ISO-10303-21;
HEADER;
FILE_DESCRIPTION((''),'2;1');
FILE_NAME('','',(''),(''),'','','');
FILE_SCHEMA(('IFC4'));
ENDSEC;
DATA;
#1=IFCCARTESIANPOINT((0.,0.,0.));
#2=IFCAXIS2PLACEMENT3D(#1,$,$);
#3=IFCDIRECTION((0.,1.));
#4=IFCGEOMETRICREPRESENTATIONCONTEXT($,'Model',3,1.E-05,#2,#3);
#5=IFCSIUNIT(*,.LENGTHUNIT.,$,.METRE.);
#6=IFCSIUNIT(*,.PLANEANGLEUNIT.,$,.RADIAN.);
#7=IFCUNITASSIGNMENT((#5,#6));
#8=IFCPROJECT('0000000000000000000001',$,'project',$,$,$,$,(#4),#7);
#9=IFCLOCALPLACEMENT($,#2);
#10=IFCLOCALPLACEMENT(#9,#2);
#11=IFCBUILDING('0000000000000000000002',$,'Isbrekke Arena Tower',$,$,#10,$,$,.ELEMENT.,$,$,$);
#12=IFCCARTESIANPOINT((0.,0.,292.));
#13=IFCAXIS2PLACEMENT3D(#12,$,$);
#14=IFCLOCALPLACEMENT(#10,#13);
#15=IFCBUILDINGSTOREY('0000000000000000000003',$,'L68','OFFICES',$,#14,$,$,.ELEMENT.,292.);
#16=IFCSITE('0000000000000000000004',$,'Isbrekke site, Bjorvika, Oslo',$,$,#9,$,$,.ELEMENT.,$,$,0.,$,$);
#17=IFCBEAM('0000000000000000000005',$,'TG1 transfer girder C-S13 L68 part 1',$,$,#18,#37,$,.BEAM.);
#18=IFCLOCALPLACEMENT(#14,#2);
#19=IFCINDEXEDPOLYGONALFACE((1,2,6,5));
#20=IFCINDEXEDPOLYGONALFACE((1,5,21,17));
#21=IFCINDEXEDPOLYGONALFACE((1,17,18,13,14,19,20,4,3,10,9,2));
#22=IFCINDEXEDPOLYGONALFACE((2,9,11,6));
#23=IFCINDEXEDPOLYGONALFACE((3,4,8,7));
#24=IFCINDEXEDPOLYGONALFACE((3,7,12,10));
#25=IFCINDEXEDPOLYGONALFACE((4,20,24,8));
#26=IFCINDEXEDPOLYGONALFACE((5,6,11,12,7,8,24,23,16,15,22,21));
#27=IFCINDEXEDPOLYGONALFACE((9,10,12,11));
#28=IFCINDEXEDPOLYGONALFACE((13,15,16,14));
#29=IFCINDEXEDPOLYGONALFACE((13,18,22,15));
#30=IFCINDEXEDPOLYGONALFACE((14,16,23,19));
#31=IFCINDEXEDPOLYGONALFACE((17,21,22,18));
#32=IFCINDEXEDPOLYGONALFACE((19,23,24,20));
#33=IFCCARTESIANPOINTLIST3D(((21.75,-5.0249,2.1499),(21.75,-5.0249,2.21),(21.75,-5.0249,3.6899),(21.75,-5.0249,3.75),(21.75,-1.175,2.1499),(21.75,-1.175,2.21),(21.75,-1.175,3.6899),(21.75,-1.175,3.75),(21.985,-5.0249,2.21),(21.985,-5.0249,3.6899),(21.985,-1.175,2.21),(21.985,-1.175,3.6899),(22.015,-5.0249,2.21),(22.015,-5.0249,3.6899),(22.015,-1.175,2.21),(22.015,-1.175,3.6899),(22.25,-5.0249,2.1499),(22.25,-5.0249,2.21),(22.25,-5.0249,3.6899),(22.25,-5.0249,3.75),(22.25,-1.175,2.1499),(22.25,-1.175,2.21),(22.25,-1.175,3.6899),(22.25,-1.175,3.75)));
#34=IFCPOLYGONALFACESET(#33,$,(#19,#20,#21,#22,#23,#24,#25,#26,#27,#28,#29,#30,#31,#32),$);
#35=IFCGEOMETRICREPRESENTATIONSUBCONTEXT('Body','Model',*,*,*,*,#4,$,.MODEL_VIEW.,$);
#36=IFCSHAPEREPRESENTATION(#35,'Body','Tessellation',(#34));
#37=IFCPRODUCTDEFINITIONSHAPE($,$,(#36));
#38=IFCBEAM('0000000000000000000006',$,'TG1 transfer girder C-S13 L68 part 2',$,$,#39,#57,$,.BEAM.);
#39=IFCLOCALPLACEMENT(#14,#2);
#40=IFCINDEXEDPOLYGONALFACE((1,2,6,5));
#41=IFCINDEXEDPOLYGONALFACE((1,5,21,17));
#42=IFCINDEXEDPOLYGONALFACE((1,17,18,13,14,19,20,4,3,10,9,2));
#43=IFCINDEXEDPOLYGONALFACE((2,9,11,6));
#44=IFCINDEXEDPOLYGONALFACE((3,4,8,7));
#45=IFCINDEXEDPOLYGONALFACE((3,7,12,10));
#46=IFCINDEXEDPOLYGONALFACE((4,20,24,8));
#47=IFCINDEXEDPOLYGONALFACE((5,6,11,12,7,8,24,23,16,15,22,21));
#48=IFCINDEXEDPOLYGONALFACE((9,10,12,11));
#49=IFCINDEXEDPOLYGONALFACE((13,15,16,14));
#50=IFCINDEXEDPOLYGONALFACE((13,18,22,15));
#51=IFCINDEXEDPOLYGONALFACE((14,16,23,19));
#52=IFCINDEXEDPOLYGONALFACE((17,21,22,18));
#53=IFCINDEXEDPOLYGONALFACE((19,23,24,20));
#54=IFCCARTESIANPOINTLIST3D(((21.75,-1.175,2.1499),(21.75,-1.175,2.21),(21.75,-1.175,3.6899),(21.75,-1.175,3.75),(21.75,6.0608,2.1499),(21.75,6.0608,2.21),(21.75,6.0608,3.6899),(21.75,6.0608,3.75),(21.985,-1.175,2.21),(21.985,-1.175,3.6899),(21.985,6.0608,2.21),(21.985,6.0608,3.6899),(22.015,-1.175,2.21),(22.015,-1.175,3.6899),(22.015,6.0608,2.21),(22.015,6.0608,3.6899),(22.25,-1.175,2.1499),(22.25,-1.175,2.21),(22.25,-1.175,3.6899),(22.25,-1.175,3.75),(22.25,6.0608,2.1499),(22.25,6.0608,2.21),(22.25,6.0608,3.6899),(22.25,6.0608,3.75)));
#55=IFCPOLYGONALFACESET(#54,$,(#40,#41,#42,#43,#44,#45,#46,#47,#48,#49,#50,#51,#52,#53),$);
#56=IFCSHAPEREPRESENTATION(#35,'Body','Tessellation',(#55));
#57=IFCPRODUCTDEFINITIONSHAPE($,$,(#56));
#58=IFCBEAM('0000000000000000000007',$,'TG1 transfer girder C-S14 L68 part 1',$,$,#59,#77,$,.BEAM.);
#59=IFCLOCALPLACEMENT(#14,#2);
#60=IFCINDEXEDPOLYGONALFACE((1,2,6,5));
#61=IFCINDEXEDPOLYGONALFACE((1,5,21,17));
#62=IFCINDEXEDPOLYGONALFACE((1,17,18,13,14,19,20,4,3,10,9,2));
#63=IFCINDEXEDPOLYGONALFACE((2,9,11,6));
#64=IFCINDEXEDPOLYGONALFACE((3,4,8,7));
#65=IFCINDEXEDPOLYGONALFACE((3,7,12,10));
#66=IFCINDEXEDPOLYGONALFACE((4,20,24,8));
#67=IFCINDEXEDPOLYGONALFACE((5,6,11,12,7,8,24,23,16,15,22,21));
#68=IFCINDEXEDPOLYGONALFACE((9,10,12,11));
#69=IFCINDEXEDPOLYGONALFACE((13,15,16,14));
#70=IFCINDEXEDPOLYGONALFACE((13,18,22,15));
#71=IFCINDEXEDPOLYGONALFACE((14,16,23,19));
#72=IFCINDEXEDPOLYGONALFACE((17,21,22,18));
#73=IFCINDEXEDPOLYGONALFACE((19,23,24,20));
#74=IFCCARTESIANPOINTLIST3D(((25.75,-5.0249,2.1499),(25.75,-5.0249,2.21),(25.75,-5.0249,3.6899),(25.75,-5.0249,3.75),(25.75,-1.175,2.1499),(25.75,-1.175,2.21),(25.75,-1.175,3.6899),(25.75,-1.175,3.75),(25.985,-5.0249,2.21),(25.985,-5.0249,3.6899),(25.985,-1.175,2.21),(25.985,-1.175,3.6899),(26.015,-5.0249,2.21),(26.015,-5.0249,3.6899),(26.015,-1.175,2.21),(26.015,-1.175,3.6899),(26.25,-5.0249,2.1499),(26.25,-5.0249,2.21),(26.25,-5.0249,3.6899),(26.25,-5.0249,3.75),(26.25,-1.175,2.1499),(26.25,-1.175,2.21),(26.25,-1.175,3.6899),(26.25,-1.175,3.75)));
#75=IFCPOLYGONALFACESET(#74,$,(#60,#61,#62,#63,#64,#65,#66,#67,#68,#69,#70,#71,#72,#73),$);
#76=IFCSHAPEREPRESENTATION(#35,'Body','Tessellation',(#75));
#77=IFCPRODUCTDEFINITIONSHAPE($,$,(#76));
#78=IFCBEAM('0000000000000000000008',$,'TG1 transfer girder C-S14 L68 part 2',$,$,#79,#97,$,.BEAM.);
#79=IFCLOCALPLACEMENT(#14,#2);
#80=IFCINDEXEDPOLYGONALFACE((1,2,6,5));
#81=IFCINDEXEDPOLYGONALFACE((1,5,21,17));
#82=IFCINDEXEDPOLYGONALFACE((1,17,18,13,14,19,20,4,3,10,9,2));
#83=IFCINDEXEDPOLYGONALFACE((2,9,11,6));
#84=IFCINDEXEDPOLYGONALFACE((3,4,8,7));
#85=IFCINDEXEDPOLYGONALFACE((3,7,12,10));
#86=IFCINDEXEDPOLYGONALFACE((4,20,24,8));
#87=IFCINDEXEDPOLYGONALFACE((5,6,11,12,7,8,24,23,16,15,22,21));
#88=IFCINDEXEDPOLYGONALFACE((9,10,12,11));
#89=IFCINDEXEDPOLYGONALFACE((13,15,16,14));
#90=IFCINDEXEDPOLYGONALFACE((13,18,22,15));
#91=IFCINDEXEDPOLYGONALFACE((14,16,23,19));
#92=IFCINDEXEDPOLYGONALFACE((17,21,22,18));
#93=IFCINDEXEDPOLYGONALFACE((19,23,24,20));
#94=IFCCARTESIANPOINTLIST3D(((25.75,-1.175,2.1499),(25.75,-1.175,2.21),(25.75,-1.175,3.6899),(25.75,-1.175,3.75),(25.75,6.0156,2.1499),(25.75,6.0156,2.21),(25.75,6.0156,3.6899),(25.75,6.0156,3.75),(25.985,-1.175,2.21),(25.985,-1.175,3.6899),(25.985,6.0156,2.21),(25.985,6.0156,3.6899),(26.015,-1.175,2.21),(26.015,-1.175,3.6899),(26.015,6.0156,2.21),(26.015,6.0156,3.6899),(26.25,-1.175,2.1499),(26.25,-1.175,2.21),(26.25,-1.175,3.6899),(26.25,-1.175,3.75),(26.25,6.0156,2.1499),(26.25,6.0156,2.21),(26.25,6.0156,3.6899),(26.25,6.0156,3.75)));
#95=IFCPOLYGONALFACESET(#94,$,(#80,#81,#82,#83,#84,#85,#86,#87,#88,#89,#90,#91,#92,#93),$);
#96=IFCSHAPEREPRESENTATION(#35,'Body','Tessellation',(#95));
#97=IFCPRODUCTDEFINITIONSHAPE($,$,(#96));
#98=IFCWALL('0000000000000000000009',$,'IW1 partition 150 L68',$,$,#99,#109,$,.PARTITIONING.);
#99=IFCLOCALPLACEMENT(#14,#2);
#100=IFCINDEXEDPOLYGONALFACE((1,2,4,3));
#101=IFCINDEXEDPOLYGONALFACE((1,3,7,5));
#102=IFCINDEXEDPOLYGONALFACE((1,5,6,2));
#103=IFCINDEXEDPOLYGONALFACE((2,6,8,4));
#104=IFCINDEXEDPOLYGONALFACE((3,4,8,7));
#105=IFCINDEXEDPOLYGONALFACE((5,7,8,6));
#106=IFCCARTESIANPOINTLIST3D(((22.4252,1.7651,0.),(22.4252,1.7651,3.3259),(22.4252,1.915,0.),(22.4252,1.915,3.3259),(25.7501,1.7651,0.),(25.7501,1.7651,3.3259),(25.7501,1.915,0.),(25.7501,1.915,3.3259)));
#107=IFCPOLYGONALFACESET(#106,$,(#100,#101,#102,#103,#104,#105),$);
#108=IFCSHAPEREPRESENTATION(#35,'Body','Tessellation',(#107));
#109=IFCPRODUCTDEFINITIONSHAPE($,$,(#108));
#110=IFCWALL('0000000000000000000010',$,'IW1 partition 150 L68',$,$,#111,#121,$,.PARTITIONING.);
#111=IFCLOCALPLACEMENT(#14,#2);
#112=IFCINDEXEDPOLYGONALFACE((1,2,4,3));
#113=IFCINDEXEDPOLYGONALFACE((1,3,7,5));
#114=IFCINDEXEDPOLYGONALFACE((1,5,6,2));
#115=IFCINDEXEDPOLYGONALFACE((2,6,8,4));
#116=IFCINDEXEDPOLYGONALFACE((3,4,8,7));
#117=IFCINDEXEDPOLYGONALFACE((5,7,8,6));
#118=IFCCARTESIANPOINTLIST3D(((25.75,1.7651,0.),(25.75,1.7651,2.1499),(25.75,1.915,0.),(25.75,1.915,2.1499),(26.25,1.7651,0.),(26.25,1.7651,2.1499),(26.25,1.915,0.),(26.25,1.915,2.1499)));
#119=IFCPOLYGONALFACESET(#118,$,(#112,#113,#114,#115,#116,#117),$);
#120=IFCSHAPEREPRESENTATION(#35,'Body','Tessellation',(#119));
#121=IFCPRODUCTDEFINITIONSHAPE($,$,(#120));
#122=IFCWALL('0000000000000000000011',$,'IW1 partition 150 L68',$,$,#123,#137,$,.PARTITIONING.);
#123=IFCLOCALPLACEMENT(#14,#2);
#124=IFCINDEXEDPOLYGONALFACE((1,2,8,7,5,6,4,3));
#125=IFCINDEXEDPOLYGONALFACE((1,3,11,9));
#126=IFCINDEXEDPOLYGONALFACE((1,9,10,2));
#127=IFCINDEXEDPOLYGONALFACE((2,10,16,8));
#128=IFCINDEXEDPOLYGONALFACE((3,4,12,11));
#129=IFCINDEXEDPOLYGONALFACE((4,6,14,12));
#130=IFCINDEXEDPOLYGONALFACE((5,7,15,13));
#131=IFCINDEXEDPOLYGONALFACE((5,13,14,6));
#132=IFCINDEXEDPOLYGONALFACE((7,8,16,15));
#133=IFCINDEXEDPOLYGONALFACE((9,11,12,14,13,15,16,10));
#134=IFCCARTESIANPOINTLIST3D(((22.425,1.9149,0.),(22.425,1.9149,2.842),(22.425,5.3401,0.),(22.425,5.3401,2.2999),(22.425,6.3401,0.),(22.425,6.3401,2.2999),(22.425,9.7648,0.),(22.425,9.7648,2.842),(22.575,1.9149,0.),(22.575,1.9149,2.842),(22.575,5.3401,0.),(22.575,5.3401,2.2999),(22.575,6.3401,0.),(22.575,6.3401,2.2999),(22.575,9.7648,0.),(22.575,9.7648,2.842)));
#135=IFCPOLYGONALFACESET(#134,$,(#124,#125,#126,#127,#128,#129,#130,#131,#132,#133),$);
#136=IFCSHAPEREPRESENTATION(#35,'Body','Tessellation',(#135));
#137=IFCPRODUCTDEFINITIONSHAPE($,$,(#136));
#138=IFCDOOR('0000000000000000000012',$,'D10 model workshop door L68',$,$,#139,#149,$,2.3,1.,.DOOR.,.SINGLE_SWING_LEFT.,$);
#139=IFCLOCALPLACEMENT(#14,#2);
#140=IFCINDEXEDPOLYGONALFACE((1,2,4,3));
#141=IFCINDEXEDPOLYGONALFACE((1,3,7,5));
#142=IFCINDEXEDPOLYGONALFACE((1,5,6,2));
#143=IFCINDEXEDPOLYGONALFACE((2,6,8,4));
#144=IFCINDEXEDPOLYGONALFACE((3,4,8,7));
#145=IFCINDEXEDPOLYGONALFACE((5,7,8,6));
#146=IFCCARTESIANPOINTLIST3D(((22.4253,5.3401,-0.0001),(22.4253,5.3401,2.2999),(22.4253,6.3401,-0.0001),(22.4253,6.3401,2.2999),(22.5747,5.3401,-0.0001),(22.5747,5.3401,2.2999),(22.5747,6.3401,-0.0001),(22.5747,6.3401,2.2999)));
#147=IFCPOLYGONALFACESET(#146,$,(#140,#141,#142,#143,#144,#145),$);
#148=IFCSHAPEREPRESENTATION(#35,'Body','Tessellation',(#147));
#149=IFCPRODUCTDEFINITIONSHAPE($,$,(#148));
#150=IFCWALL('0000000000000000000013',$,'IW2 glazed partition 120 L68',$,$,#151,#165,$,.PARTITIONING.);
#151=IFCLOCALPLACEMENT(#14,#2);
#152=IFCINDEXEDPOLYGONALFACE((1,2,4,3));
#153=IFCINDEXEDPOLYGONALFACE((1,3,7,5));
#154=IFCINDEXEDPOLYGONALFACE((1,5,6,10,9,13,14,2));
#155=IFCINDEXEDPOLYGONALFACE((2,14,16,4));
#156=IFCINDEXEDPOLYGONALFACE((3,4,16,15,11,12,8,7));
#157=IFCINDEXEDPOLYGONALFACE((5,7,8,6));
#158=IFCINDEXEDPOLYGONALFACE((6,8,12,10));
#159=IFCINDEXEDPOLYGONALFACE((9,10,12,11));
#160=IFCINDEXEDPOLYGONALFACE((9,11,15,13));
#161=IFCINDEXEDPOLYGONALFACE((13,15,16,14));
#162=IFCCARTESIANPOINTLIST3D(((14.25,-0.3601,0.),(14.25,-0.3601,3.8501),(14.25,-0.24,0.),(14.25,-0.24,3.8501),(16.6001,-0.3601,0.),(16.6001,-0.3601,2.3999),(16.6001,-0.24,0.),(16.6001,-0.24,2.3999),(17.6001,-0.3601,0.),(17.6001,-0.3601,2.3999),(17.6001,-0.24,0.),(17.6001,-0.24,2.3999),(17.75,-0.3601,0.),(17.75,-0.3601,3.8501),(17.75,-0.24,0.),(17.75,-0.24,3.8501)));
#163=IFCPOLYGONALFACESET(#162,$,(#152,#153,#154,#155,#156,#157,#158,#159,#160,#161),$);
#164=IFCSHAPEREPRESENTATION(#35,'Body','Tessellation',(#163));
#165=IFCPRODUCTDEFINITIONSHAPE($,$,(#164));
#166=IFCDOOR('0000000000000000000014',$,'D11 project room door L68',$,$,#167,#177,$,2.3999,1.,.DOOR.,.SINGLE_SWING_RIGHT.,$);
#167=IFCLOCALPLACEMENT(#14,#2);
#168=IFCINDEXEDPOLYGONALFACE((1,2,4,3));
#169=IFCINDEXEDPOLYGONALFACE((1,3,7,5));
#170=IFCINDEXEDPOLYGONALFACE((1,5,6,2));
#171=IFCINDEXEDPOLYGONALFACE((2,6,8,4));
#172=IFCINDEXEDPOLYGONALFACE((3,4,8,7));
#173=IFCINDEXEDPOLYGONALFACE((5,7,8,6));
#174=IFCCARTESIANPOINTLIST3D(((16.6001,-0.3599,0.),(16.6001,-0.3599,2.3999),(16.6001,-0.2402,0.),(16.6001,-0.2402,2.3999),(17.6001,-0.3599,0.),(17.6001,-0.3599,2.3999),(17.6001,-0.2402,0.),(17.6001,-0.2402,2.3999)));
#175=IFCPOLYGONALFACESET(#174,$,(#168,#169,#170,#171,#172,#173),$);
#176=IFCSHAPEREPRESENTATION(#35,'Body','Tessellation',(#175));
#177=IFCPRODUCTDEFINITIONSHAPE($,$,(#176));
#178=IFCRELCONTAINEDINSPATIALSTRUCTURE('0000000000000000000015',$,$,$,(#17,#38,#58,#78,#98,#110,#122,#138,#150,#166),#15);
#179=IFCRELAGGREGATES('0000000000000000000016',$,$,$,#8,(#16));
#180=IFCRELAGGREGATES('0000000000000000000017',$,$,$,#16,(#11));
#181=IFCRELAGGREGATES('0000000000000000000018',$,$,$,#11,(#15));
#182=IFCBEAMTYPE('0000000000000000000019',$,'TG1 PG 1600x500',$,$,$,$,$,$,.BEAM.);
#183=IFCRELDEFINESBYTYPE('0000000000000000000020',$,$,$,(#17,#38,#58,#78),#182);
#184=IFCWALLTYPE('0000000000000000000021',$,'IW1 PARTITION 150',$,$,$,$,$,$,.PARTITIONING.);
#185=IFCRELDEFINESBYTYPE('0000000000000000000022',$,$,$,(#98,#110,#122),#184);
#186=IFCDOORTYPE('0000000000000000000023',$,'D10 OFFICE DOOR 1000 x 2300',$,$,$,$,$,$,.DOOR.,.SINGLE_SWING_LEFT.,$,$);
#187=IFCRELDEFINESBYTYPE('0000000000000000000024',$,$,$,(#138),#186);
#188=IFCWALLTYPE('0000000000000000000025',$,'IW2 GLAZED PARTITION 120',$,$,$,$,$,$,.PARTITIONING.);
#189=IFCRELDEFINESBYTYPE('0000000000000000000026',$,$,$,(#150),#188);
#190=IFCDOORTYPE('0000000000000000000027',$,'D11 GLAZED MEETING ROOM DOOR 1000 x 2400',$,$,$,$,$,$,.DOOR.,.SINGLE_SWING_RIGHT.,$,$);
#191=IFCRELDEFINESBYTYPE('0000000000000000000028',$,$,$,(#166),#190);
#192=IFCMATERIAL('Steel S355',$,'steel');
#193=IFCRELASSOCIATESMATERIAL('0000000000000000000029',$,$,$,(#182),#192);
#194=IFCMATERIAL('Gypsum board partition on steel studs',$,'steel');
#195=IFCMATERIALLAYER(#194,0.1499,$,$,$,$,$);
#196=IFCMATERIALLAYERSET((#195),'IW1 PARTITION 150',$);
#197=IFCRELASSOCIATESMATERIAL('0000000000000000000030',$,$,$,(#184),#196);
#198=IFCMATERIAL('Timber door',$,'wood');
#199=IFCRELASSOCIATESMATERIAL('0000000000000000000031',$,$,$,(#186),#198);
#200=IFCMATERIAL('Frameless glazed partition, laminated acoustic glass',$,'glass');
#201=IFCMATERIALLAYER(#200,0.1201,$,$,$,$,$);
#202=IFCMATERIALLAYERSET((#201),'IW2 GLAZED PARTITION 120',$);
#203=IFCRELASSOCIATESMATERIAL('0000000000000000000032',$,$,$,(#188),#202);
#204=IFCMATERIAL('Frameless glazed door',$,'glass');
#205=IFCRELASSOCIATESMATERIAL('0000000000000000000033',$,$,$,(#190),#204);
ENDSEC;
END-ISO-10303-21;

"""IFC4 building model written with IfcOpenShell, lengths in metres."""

from ifc_helpers import new_model, si_unit, direction, frame, frame_2d, origin, origin_2d, place, context, subcontext, project, spatial, rectangle, i_section, extrude, material, layer, layer_set, material_profile, profile_set, type_object, element, fill, save


model = new_model("IFC4")

# Units and contexts
model_context = context("Model", 3, precision=1e-05, world=origin(), true_north=direction((0.0, 1.0)))
body_context = subcontext(model_context, "Body", "Model", "MODEL_VIEW")
ifc_project = project(units=[si_unit("LENGTHUNIT", "METRE"), si_unit("PLANEANGLEUNIT", "RADIAN")], contexts=[model_context])

# Site, building, storey
site_placement = place(None, origin())
site = spatial("IfcSite", under=ifc_project, at=site_placement, Name="Isbrekke site, Bjorvika, Oslo", CompositionType="ELEMENT", RefElevation=0.0)
building_placement = place(site_placement, origin())
building = spatial("IfcBuilding", under=site, at=building_placement, Name="Isbrekke Arena Tower", CompositionType="ELEMENT")
storey_placement = place(building_placement, frame((0.0, 0.0, 292.0)))
storey = spatial("IfcBuildingStorey", under=building, at=storey_placement, Name="L68", Description="OFFICES", CompositionType="ELEMENT", Elevation=292.0)

# Beams
ifc_material_1 = material(Name="Steel S355", Category="steel")
ifc_material_profile_1 = material_profile(ifc_material_1, i_section(OverallWidth=0.5, OverallDepth=1.6001, WebThickness=0.03, FlangeThickness=0.0601, at=origin_2d()), Name="PG 1600x500")
ifc_profile_set_1 = profile_set([ifc_material_profile_1], Name="Steel S355")
beam_type_1 = type_object("IfcBeamType", Name="TG1 PG 1600x500", PredefinedType="BEAM", material=ifc_profile_set_1)
beam_1_placement = place(storey_placement, frame((22.0, -5.0249, 2.95), z_axis=(0.0, 1.0, 0.0), x_axis=(-1.0, 0.0, 0.0)))
element("IfcBeam", 1, at=beam_1_placement, inside=storey, type_object=beam_type_1, Name="TG1 transfer girder C-S13 L68 part 1", PredefinedType="BEAM", context=body_context, shape_type="SweptSolid", body=[
    extrude(i_section(OverallWidth=0.5, OverallDepth=1.6001, WebThickness=0.03, FlangeThickness=0.0601, at=origin_2d()), origin(), (0.0, 0.0, 1.0), 3.8499),
])
beam_2_placement = place(storey_placement, frame((22.0, -1.175, 2.95), z_axis=(0.0, 1.0, 0.0), x_axis=(-1.0, 0.0, 0.0)))
element("IfcBeam", 2, at=beam_2_placement, inside=storey, type_object=beam_type_1, Name="TG1 transfer girder C-S13 L68 part 2", PredefinedType="BEAM", context=body_context, shape_type="SweptSolid", body=[
    extrude(i_section(OverallWidth=0.5, OverallDepth=1.6001, WebThickness=0.03, FlangeThickness=0.0601, at=origin_2d()), origin(), (0.0, 0.0, 1.0), 7.2358),
])
beam_3_placement = place(storey_placement, frame((26.0, -5.0249, 2.95), z_axis=(0.0, 1.0, 0.0), x_axis=(-1.0, 0.0, 0.0)))
element("IfcBeam", 3, at=beam_3_placement, inside=storey, type_object=beam_type_1, Name="TG1 transfer girder C-S14 L68 part 1", PredefinedType="BEAM", context=body_context, shape_type="SweptSolid", body=[
    extrude(i_section(OverallWidth=0.5, OverallDepth=1.6001, WebThickness=0.03, FlangeThickness=0.0601, at=origin_2d()), origin(), (0.0, 0.0, 1.0), 3.8499),
])
beam_4_placement = place(storey_placement, frame((26.0, -1.175, 2.95), z_axis=(0.0, 1.0, 0.0), x_axis=(-1.0, 0.0, 0.0)))
element("IfcBeam", 4, at=beam_4_placement, inside=storey, type_object=beam_type_1, Name="TG1 transfer girder C-S14 L68 part 2", PredefinedType="BEAM", context=body_context, shape_type="SweptSolid", body=[
    extrude(i_section(OverallWidth=0.5, OverallDepth=1.6001, WebThickness=0.03, FlangeThickness=0.0601, at=origin_2d()), origin(), (0.0, 0.0, 1.0), 7.1907),
])

# Walls
ifc_material_2 = material(Name="Gypsum board partition on steel studs", Category="steel")
ifc_layer_1 = layer(ifc_material_2, 0.1499)
ifc_layer_set_1 = layer_set([ifc_layer_1], Name="IW1 PARTITION 150")
wall_type_1 = type_object("IfcWallType", Name="IW1 PARTITION 150", PredefinedType="PARTITIONING", material=ifc_layer_set_1)
wall_1_placement = place(storey_placement, frame((22.425, 1.8401, 0.0), z_axis=(0.0, 0.0, 1.0), x_axis=(1.0, 0.0, 0.0)))
element("IfcWall", 5, at=wall_1_placement, inside=storey, type_object=wall_type_1, Name="IW1 partition 150 L68", PredefinedType="PARTITIONING", context=body_context, shape_type="SweptSolid", body=[
    extrude(rectangle(XDim=3.325, YDim=0.1499, at=frame_2d((1.6626, 0.0))), origin(), (0.0, 0.0, 1.0), 3.3259),
])
wall_2_placement = place(storey_placement, frame((25.75, 1.8401, 0.0), z_axis=(0.0, 0.0, 1.0), x_axis=(1.0, 0.0, 0.0)))
element("IfcWall", 6, at=wall_2_placement, inside=storey, type_object=wall_type_1, Name="IW1 partition 150 L68", PredefinedType="PARTITIONING", context=body_context, shape_type="SweptSolid", body=[
    extrude(rectangle(XDim=0.5, YDim=0.1499, at=frame_2d((0.25, 0.0))), origin(), (0.0, 0.0, 1.0), 2.1499),
])

# Walls, openings, doors
wall_3_placement = place(storey_placement, frame((22.5, 1.915, 0.0), z_axis=(0.0, 0.0, 1.0), x_axis=(0.0, 1.0, 0.0)))
wall_3 = element("IfcWall", 7, at=wall_3_placement, inside=storey, type_object=wall_type_1, Name="IW1 partition 150 L68", PredefinedType="PARTITIONING", context=body_context, shape_type="SweptSolid", body=[
    extrude(rectangle(XDim=7.8499, YDim=0.1499, at=frame_2d((3.9248, 0.0))), origin(), (0.0, 0.0, 1.0), 2.842),
])
opening_1_placement = place(wall_3_placement, frame((3.425, 0.0, 0.0)))
opening_1 = element("IfcOpeningElement", 8, at=opening_1_placement, cuts=wall_3, PredefinedType="OPENING", context=body_context, shape_type="SweptSolid", body=[
    extrude(rectangle(XDim=1.0, YDim=2.3, at=frame_2d((0.5, 1.1499))), frame((0.0, 0.0898, 0.0), z_axis=(0.0, -1.0, 0.0), x_axis=(1.0, 0.0, 0.0)), (0.0, 0.0, 1.0), 0.1797),
])
ifc_material_3 = material(Name="Timber door", Category="wood")
door_type_1 = type_object("IfcDoorType", Name="D10 OFFICE DOOR 1000 x 2300", OperationType="SINGLE_SWING_LEFT", PredefinedType="DOOR", material=ifc_material_3)
door_1_placement = place(opening_1_placement, origin())
door_1 = element("IfcDoor", 9, at=door_1_placement, inside=storey, type_object=door_type_1, Name="D10 model workshop door L68", OperationType="SINGLE_SWING_LEFT", OverallHeight=2.3, OverallWidth=1.0, PredefinedType="DOOR", context=body_context, shape_type="SweptSolid", body=[
    extrude(rectangle(XDim=1.0, YDim=2.3, at=frame_2d((0.5, 1.1499))), frame((0.0, 0.0747, 0.0), z_axis=(0.0, -1.0, 0.0), x_axis=(1.0, 0.0, 0.0)), (0.0, 0.0, 1.0), 0.1494),
])
fill(opening_1, door_1)
ifc_material_4 = material(Name="Frameless glazed partition, laminated acoustic glass", Category="glass")
ifc_layer_2 = layer(ifc_material_4, 0.1201)
ifc_layer_set_2 = layer_set([ifc_layer_2], Name="IW2 GLAZED PARTITION 120")
wall_type_2 = type_object("IfcWallType", Name="IW2 GLAZED PARTITION 120", PredefinedType="PARTITIONING", material=ifc_layer_set_2)
wall_4_placement = place(storey_placement, frame((14.25, -0.3, 0.0), z_axis=(0.0, 0.0, 1.0), x_axis=(1.0, 0.0, 0.0)))
wall_4 = element("IfcWall", 10, at=wall_4_placement, inside=storey, type_object=wall_type_2, Name="IW2 glazed partition 120 L68", PredefinedType="PARTITIONING", context=body_context, shape_type="SweptSolid", body=[
    extrude(rectangle(XDim=3.5, YDim=0.1201, at=frame_2d((1.75, 0.0))), origin(), (0.0, 0.0, 1.0), 3.8501),
])
opening_2_placement = place(wall_4_placement, frame((2.3501, 0.0, 0.0)))
opening_2 = element("IfcOpeningElement", 11, at=opening_2_placement, cuts=wall_4, PredefinedType="OPENING", context=body_context, shape_type="SweptSolid", body=[
    extrude(rectangle(XDim=1.0, YDim=2.3999, at=frame_2d((0.5, 1.2))), frame((0.0, 0.075, 0.0), z_axis=(0.0, -1.0, 0.0), x_axis=(1.0, 0.0, 0.0)), (0.0, 0.0, 1.0), 0.1499),
])
ifc_material_5 = material(Name="Frameless glazed door", Category="glass")
door_type_2 = type_object("IfcDoorType", Name="D11 GLAZED MEETING ROOM DOOR 1000 x 2400", OperationType="SINGLE_SWING_RIGHT", PredefinedType="DOOR", material=ifc_material_5)
door_2_placement = place(opening_2_placement, origin())
door_2 = element("IfcDoor", 12, at=door_2_placement, inside=storey, type_object=door_type_2, Name="D11 project room door L68", OperationType="SINGLE_SWING_RIGHT", OverallHeight=2.3999, OverallWidth=1.0, PredefinedType="DOOR", context=body_context, shape_type="SweptSolid", body=[
    extrude(rectangle(XDim=1.0, YDim=2.3999, at=frame_2d((0.5, 1.2))), frame((0.0, 0.0598, 0.0), z_axis=(0.0, -1.0, 0.0), x_axis=(1.0, 0.0, 0.0)), (0.0, 0.0, 1.0), 0.1196),
])
fill(opening_2, door_2)

save(model, "model.ifc")
